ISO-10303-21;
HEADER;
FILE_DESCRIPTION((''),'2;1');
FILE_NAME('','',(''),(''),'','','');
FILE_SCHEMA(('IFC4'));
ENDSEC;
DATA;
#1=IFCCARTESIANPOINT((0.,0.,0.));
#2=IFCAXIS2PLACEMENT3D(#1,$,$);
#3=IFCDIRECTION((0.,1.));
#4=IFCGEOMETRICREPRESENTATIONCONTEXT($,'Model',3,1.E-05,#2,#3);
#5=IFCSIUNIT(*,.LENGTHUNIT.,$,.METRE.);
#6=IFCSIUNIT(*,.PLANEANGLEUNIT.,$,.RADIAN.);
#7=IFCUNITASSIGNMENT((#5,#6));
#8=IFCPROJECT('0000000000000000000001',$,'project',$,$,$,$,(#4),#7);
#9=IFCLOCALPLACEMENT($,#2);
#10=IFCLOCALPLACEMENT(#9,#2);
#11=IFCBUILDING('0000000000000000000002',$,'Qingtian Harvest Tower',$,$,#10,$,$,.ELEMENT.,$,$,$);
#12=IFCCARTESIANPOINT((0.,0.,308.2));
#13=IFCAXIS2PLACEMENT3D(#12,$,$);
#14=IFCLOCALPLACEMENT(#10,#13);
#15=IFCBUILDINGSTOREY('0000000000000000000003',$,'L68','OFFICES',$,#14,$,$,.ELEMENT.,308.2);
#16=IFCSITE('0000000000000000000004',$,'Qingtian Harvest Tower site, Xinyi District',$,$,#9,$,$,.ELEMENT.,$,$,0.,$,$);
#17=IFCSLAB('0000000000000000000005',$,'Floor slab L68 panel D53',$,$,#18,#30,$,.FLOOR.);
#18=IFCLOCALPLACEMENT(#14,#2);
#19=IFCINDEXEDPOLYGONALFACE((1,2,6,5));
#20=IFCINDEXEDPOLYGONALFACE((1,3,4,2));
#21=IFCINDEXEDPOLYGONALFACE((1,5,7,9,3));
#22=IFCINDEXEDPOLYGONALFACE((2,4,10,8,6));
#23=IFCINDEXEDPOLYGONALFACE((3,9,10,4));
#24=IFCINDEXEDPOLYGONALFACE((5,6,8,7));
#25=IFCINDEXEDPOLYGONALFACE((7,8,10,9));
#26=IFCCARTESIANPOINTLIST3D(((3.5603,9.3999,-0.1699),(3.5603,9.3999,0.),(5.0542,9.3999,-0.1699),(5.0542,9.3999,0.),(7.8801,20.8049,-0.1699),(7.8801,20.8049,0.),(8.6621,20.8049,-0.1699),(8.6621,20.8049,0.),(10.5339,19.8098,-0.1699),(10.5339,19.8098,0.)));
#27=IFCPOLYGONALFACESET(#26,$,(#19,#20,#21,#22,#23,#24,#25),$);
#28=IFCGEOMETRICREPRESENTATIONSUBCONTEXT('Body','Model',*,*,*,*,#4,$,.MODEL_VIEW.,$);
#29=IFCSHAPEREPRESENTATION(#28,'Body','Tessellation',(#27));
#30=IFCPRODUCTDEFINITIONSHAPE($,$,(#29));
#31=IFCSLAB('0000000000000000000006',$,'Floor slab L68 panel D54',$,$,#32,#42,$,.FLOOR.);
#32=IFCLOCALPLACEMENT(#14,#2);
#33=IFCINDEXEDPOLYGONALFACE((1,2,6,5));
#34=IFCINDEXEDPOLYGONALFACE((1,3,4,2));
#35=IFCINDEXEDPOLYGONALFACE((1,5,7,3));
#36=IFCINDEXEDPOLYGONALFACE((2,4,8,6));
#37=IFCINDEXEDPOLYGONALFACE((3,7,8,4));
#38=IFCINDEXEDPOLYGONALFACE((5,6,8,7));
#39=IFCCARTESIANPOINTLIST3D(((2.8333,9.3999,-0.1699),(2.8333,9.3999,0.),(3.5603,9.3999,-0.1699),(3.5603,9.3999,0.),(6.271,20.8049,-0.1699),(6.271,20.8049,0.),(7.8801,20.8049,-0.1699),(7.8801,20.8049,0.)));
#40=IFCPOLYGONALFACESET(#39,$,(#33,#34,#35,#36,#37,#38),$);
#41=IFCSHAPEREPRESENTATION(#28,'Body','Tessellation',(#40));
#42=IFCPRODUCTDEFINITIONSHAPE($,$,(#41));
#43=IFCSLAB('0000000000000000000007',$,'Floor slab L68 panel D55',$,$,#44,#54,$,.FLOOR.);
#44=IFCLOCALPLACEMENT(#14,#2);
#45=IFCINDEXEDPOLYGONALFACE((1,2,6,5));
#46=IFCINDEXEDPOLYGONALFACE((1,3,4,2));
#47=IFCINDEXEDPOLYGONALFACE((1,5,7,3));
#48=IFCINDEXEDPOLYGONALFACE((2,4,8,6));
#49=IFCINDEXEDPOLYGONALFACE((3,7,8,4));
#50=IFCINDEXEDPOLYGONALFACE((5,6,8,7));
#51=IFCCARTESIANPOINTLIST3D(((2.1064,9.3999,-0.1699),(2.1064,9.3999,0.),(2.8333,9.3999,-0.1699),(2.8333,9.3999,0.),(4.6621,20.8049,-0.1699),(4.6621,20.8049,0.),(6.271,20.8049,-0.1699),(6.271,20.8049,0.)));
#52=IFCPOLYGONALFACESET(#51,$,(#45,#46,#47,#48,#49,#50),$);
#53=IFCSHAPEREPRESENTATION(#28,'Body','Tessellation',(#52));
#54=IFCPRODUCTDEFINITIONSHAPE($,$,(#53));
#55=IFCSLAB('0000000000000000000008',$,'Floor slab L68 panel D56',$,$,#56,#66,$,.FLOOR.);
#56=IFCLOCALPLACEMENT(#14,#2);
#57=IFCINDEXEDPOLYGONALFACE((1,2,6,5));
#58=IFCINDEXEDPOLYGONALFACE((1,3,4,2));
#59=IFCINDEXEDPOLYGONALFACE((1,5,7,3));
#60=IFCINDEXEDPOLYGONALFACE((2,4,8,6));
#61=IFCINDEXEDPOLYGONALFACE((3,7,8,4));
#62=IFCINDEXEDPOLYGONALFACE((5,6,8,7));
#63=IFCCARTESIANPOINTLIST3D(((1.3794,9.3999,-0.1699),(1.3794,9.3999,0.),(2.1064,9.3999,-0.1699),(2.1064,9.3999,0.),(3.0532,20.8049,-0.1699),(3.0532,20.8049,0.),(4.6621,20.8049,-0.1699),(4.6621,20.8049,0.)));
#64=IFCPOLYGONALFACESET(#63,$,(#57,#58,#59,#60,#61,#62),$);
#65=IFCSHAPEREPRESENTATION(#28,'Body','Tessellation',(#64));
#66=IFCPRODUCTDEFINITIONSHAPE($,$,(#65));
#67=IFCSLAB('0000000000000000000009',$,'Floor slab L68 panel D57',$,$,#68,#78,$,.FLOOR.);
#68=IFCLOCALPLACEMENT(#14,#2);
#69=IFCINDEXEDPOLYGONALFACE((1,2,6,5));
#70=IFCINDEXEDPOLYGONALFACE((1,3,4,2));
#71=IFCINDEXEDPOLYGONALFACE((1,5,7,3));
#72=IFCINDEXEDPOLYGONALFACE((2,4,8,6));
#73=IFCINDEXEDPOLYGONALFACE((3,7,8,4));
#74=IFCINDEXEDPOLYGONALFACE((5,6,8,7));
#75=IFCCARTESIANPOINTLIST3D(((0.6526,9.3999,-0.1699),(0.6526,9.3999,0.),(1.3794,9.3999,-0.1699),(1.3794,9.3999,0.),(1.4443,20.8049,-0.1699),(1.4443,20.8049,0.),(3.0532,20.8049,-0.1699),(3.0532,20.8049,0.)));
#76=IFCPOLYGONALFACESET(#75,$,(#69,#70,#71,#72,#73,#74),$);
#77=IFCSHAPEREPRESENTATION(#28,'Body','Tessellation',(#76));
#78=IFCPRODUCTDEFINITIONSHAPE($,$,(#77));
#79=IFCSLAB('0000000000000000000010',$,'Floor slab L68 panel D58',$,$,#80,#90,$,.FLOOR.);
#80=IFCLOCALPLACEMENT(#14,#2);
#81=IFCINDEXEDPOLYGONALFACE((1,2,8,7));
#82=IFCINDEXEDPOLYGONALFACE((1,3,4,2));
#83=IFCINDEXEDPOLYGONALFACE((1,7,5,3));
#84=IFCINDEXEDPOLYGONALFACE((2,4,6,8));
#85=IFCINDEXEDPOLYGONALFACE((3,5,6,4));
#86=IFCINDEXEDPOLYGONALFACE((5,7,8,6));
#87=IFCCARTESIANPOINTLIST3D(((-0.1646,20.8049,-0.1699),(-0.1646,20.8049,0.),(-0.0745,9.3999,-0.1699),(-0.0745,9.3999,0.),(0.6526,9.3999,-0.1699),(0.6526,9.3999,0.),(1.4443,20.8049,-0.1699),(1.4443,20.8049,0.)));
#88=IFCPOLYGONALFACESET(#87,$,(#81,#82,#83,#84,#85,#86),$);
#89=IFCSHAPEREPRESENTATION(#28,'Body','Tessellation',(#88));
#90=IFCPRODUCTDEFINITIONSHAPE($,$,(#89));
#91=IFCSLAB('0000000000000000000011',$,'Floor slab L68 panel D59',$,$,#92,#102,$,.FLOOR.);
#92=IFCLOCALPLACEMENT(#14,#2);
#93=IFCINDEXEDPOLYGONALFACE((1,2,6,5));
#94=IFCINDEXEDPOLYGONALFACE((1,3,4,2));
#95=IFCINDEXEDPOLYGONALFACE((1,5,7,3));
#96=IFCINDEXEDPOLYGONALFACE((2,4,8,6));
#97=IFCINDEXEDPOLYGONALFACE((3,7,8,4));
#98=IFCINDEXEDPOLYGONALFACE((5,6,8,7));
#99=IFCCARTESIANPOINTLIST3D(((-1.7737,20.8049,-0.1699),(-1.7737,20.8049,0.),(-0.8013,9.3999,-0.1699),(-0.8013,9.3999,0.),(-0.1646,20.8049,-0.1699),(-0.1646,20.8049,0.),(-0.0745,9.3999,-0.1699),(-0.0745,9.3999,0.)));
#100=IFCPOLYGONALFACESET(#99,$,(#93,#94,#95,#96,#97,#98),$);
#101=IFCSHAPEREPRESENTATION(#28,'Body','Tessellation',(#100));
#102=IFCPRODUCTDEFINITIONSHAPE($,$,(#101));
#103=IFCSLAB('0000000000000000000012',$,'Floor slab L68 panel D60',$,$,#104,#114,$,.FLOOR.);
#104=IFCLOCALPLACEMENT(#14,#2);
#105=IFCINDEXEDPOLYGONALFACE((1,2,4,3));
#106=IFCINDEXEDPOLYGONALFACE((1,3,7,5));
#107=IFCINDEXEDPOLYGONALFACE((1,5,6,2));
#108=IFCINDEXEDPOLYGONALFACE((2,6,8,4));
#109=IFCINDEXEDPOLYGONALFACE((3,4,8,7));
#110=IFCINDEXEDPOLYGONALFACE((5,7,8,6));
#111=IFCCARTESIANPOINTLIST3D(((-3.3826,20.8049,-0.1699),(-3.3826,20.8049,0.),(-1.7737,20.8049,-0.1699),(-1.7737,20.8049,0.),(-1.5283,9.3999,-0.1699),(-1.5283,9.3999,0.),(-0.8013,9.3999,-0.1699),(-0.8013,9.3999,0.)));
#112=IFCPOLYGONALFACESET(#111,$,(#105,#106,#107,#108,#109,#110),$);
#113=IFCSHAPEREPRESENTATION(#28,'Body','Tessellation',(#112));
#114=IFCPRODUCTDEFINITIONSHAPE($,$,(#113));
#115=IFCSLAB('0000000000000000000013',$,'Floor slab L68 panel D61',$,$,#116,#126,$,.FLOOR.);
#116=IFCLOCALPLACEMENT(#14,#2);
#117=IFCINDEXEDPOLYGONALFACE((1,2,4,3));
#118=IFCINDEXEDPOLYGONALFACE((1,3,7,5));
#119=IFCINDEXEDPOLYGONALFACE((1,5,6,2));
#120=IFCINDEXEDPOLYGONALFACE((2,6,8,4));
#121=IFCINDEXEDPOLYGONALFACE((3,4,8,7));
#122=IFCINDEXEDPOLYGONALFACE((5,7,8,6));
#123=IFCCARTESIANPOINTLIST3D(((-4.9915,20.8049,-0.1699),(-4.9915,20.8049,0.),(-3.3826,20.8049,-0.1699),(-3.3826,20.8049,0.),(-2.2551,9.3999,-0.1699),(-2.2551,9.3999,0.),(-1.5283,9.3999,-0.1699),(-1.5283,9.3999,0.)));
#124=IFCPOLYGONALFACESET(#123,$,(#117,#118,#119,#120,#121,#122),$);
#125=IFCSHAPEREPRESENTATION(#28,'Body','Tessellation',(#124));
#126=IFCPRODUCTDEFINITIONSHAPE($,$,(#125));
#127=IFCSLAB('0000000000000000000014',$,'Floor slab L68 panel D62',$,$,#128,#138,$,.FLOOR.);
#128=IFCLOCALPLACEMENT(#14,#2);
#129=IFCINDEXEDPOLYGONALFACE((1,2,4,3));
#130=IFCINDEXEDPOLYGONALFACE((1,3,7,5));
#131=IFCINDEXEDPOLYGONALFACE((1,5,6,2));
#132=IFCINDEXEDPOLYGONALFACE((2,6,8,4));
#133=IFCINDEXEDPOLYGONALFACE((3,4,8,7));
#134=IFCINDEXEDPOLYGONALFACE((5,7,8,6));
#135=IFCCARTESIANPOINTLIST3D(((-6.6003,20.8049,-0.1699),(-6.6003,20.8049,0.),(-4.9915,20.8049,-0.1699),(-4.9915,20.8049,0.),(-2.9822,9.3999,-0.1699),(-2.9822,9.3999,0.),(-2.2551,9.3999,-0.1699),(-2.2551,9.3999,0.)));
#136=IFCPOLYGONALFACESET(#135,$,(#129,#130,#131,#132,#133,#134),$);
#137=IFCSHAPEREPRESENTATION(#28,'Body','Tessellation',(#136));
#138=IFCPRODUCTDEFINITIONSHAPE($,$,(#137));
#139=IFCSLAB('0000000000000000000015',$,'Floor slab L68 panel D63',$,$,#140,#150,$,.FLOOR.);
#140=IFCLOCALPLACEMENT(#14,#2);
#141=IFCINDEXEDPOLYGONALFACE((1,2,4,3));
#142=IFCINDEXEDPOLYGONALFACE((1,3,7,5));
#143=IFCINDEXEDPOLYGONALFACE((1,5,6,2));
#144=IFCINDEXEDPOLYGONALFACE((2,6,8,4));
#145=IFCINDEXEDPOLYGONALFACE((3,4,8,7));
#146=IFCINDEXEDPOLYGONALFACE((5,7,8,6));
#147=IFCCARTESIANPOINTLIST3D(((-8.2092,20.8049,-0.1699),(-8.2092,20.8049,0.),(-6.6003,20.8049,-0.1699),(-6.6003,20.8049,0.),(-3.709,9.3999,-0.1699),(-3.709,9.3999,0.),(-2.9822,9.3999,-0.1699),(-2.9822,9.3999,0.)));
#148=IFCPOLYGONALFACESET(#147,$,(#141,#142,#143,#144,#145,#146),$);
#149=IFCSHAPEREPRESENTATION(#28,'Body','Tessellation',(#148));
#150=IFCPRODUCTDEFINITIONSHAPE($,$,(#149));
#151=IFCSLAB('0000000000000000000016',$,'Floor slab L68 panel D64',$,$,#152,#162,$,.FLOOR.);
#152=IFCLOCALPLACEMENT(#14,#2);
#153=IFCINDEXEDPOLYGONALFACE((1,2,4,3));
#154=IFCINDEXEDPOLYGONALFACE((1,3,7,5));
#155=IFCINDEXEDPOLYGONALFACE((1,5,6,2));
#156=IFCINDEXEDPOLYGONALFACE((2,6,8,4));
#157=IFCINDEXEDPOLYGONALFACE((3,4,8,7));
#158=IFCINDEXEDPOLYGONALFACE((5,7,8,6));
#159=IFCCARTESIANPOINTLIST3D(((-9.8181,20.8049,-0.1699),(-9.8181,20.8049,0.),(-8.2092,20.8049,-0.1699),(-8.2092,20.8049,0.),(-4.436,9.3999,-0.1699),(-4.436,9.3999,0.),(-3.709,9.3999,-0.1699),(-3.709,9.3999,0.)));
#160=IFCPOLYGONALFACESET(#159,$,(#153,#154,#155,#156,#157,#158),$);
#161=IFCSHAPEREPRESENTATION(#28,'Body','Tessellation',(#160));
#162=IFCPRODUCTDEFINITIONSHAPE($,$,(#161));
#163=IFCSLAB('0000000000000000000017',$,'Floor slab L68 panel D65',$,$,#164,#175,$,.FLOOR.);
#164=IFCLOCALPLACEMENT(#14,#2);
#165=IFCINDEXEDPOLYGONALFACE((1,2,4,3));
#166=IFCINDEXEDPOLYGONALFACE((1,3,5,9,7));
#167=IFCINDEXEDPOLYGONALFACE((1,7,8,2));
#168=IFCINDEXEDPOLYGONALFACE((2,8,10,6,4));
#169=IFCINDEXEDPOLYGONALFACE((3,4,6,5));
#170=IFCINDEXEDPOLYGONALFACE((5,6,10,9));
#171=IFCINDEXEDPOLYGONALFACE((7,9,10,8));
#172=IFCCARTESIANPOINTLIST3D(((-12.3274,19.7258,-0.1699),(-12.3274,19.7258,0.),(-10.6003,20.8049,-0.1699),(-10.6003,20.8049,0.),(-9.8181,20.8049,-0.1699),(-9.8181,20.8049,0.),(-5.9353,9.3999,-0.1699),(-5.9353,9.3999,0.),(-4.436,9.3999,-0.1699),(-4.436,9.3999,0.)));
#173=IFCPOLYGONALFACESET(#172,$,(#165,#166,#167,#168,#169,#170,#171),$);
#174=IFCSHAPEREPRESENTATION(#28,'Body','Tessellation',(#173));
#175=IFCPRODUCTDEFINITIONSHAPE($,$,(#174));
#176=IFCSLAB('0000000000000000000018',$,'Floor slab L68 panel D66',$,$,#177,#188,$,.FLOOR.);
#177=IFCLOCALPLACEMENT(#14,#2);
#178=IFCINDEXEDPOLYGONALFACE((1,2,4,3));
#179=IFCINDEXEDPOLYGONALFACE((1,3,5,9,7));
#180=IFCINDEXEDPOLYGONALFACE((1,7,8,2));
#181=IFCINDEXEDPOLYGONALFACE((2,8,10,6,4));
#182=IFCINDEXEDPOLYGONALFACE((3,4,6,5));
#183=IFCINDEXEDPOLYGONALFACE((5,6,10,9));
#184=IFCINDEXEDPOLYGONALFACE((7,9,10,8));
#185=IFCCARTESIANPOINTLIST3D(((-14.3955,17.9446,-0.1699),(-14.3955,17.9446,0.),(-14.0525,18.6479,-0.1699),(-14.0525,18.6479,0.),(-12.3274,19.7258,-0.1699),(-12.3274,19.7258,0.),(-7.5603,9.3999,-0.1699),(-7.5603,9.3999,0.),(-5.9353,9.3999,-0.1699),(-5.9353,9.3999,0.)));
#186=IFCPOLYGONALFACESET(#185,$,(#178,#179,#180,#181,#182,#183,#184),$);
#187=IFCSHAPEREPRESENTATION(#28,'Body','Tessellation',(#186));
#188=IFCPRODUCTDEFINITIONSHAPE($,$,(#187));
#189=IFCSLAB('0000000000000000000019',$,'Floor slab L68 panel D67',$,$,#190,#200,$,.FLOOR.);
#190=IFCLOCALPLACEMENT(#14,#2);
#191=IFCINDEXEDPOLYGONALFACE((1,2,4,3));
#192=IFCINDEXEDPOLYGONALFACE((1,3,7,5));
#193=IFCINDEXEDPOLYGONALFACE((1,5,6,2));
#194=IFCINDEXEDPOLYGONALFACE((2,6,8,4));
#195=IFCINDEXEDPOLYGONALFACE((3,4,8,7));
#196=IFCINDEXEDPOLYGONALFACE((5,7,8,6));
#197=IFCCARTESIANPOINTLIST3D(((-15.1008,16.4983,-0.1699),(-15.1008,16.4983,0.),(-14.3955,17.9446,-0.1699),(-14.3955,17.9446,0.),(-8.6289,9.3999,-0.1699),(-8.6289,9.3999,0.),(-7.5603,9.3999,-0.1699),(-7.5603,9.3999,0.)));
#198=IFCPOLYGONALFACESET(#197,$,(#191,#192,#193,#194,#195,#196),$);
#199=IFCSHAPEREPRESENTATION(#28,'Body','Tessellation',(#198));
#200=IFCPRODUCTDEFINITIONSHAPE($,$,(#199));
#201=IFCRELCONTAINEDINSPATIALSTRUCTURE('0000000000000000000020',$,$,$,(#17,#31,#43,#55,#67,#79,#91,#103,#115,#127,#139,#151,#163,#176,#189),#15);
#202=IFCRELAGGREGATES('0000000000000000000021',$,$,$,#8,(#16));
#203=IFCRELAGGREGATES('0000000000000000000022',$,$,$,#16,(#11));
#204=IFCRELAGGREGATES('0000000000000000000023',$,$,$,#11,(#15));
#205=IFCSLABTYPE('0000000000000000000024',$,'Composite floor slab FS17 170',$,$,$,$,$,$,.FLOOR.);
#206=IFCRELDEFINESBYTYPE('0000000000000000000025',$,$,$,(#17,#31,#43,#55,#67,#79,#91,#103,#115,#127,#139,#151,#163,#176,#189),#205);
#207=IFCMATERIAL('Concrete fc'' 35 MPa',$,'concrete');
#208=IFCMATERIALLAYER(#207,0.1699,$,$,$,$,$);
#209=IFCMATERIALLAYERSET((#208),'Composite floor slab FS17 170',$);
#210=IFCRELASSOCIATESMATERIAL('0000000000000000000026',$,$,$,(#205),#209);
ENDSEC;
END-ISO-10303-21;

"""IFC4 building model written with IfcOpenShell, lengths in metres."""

from ifc_helpers import new_model, si_unit, direction, frame, origin, place, context, subcontext, project, spatial, polyline, outline, extrude, material, layer, layer_set, type_object, element, save


model = new_model("IFC4")

# Units and contexts
model_context = context("Model", 3, precision=1e-05, world=origin(), true_north=direction((0.0, 1.0)))
body_context = subcontext(model_context, "Body", "Model", "MODEL_VIEW")
ifc_project = project(units=[si_unit("LENGTHUNIT", "METRE"), si_unit("PLANEANGLEUNIT", "RADIAN")], contexts=[model_context])

# Site, building, storey
site_placement = place(None, origin())
site = spatial("IfcSite", under=ifc_project, at=site_placement, Name="Qingtian Harvest Tower site, Xinyi District", CompositionType="ELEMENT", RefElevation=0.0)
building_placement = place(site_placement, origin())
building = spatial("IfcBuilding", under=site, at=building_placement, Name="Qingtian Harvest Tower", CompositionType="ELEMENT")
storey_placement = place(building_placement, frame((0.0, 0.0, 308.2)))
storey = spatial("IfcBuildingStorey", under=building, at=storey_placement, Name="L68", Description="OFFICES", CompositionType="ELEMENT", Elevation=308.2)

# Slabs
ifc_material_1 = material(Name="Concrete fc' 35 MPa", Category="concrete")
ifc_layer_1 = layer(ifc_material_1, 0.1699)
ifc_layer_set_1 = layer_set([ifc_layer_1], Name="Composite floor slab FS17 170")
slab_type = type_object("IfcSlabType", Name="Composite floor slab FS17 170", PredefinedType="FLOOR", material=ifc_layer_set_1)
slab_1_placement = place(storey_placement, frame((0.0, 0.0, -0.1699)))
element("IfcSlab", 1, at=slab_1_placement, inside=storey, type_object=slab_type, Name="Floor slab L68 panel D53", PredefinedType="FLOOR", context=body_context, shape_type="SweptSolid", body=[
    extrude(outline(polyline([(3.5603, 9.3999), (7.8801, 20.8049), (8.6621, 20.8049), (10.5339, 19.8098), (5.0542, 9.3999), (3.5603, 9.3999)])), origin(), (0.0, 0.0, 1.0), 0.1699),
])
slab_2_placement = place(storey_placement, frame((0.0, 0.0, -0.1699)))
element("IfcSlab", 2, at=slab_2_placement, inside=storey, type_object=slab_type, Name="Floor slab L68 panel D54", PredefinedType="FLOOR", context=body_context, shape_type="SweptSolid", body=[
    extrude(outline(polyline([(2.8333, 9.3999), (6.271, 20.8049), (7.8801, 20.8049), (3.5603, 9.3999), (2.8333, 9.3999)])), origin(), (0.0, 0.0, 1.0), 0.1699),
])
slab_3_placement = place(storey_placement, frame((0.0, 0.0, -0.1699)))
element("IfcSlab", 3, at=slab_3_placement, inside=storey, type_object=slab_type, Name="Floor slab L68 panel D55", PredefinedType="FLOOR", context=body_context, shape_type="SweptSolid", body=[
    extrude(outline(polyline([(2.1064, 9.3999), (4.6621, 20.8049), (6.271, 20.8049), (2.8333, 9.3999), (2.1064, 9.3999)])), origin(), (0.0, 0.0, 1.0), 0.1699),
])
slab_4_placement = place(storey_placement, frame((0.0, 0.0, -0.1699)))
element("IfcSlab", 4, at=slab_4_placement, inside=storey, type_object=slab_type, Name="Floor slab L68 panel D56", PredefinedType="FLOOR", context=body_context, shape_type="SweptSolid", body=[
    extrude(outline(polyline([(1.3794, 9.3999), (3.0532, 20.8049), (4.6621, 20.8049), (2.1064, 9.3999), (1.3794, 9.3999)])), origin(), (0.0, 0.0, 1.0), 0.1699),
])
slab_5_placement = place(storey_placement, frame((0.0, 0.0, -0.1699)))
element("IfcSlab", 5, at=slab_5_placement, inside=storey, type_object=slab_type, Name="Floor slab L68 panel D57", PredefinedType="FLOOR", context=body_context, shape_type="SweptSolid", body=[
    extrude(outline(polyline([(0.6526, 9.3999), (1.4443, 20.8049), (3.0532, 20.8049), (1.3794, 9.3999), (0.6526, 9.3999)])), origin(), (0.0, 0.0, 1.0), 0.1699),
])
slab_6_placement = place(storey_placement, frame((0.0, 0.0, -0.1699)))
element("IfcSlab", 6, at=slab_6_placement, inside=storey, type_object=slab_type, Name="Floor slab L68 panel D58", PredefinedType="FLOOR", context=body_context, shape_type="SweptSolid", body=[
    extrude(outline(polyline([(-0.0745, 9.3999), (-0.1646, 20.8049), (1.4443, 20.8049), (0.6526, 9.3999), (-0.0745, 9.3999)])), origin(), (0.0, 0.0, 1.0), 0.1699),
])
slab_7_placement = place(storey_placement, frame((0.0, 0.0, -0.1699)))
element("IfcSlab", 7, at=slab_7_placement, inside=storey, type_object=slab_type, Name="Floor slab L68 panel D59", PredefinedType="FLOOR", context=body_context, shape_type="SweptSolid", body=[
    extrude(outline(polyline([(-0.8013, 9.3999), (-1.7737, 20.8049), (-0.1646, 20.8049), (-0.0745, 9.3999), (-0.8013, 9.3999)])), origin(), (0.0, 0.0, 1.0), 0.1699),
])
slab_8_placement = place(storey_placement, frame((0.0, 0.0, -0.1699)))
element("IfcSlab", 8, at=slab_8_placement, inside=storey, type_object=slab_type, Name="Floor slab L68 panel D60", PredefinedType="FLOOR", context=body_context, shape_type="SweptSolid", body=[
    extrude(outline(polyline([(-1.5283, 9.3999), (-3.3826, 20.8049), (-1.7737, 20.8049), (-0.8013, 9.3999), (-1.5283, 9.3999)])), origin(), (0.0, 0.0, 1.0), 0.1699),
])
slab_9_placement = place(storey_placement, frame((0.0, 0.0, -0.1699)))
element("IfcSlab", 9, at=slab_9_placement, inside=storey, type_object=slab_type, Name="Floor slab L68 panel D61", PredefinedType="FLOOR", context=body_context, shape_type="SweptSolid", body=[
    extrude(outline(polyline([(-2.2551, 9.3999), (-4.9915, 20.8049), (-3.3826, 20.8049), (-1.5283, 9.3999), (-2.2551, 9.3999)])), origin(), (0.0, 0.0, 1.0), 0.1699),
])
slab_10_placement = place(storey_placement, frame((0.0, 0.0, -0.1699)))
element("IfcSlab", 10, at=slab_10_placement, inside=storey, type_object=slab_type, Name="Floor slab L68 panel D62", PredefinedType="FLOOR", context=body_context, shape_type="SweptSolid", body=[
    extrude(outline(polyline([(-2.9822, 9.3999), (-6.6003, 20.8049), (-4.9915, 20.8049), (-2.2551, 9.3999), (-2.9822, 9.3999)])), origin(), (0.0, 0.0, 1.0), 0.1699),
])
slab_11_placement = place(storey_placement, frame((0.0, 0.0, -0.1699)))
element("IfcSlab", 11, at=slab_11_placement, inside=storey, type_object=slab_type, Name="Floor slab L68 panel D63", PredefinedType="FLOOR", context=body_context, shape_type="SweptSolid", body=[
    extrude(outline(polyline([(-3.709, 9.3999), (-8.2092, 20.8049), (-6.6003, 20.8049), (-2.9822, 9.3999), (-3.709, 9.3999)])), origin(), (0.0, 0.0, 1.0), 0.1699),
])
slab_12_placement = place(storey_placement, frame((0.0, 0.0, -0.1699)))
element("IfcSlab", 12, at=slab_12_placement, inside=storey, type_object=slab_type, Name="Floor slab L68 panel D64", PredefinedType="FLOOR", context=body_context, shape_type="SweptSolid", body=[
    extrude(outline(polyline([(-4.436, 9.3999), (-9.8181, 20.8049), (-8.2092, 20.8049), (-3.709, 9.3999), (-4.436, 9.3999)])), origin(), (0.0, 0.0, 1.0), 0.1699),
])
slab_13_placement = place(storey_placement, frame((0.0, 0.0, -0.1699)))
element("IfcSlab", 13, at=slab_13_placement, inside=storey, type_object=slab_type, Name="Floor slab L68 panel D65", PredefinedType="FLOOR", context=body_context, shape_type="SweptSolid", body=[
    extrude(outline(polyline([(-4.436, 9.3999), (-5.9353, 9.3999), (-12.3274, 19.7258), (-10.6003, 20.8049), (-9.8181, 20.8049), (-4.436, 9.3999)])), origin(), (0.0, 0.0, 1.0), 0.1699),
])
slab_14_placement = place(storey_placement, frame((0.0, 0.0, -0.1699)))
element("IfcSlab", 14, at=slab_14_placement, inside=storey, type_object=slab_type, Name="Floor slab L68 panel D66", PredefinedType="FLOOR", context=body_context, shape_type="SweptSolid", body=[
    extrude(outline(polyline([(-5.9353, 9.3999), (-7.5603, 9.3999), (-14.3955, 17.9446), (-14.0525, 18.6479), (-12.3274, 19.7258), (-5.9353, 9.3999)])), origin(), (0.0, 0.0, 1.0), 0.1699),
])
slab_15_placement = place(storey_placement, frame((0.0, 0.0, -0.1699)))
element("IfcSlab", 15, at=slab_15_placement, inside=storey, type_object=slab_type, Name="Floor slab L68 panel D67", PredefinedType="FLOOR", context=body_context, shape_type="SweptSolid", body=[
    extrude(outline(polyline([(-8.6289, 9.3999), (-15.1008, 16.4983), (-14.3955, 17.9446), (-7.5603, 9.3999), (-8.6289, 9.3999)])), origin(), (0.0, 0.0, 1.0), 0.1699),
])

save(model, "model.ifc")
